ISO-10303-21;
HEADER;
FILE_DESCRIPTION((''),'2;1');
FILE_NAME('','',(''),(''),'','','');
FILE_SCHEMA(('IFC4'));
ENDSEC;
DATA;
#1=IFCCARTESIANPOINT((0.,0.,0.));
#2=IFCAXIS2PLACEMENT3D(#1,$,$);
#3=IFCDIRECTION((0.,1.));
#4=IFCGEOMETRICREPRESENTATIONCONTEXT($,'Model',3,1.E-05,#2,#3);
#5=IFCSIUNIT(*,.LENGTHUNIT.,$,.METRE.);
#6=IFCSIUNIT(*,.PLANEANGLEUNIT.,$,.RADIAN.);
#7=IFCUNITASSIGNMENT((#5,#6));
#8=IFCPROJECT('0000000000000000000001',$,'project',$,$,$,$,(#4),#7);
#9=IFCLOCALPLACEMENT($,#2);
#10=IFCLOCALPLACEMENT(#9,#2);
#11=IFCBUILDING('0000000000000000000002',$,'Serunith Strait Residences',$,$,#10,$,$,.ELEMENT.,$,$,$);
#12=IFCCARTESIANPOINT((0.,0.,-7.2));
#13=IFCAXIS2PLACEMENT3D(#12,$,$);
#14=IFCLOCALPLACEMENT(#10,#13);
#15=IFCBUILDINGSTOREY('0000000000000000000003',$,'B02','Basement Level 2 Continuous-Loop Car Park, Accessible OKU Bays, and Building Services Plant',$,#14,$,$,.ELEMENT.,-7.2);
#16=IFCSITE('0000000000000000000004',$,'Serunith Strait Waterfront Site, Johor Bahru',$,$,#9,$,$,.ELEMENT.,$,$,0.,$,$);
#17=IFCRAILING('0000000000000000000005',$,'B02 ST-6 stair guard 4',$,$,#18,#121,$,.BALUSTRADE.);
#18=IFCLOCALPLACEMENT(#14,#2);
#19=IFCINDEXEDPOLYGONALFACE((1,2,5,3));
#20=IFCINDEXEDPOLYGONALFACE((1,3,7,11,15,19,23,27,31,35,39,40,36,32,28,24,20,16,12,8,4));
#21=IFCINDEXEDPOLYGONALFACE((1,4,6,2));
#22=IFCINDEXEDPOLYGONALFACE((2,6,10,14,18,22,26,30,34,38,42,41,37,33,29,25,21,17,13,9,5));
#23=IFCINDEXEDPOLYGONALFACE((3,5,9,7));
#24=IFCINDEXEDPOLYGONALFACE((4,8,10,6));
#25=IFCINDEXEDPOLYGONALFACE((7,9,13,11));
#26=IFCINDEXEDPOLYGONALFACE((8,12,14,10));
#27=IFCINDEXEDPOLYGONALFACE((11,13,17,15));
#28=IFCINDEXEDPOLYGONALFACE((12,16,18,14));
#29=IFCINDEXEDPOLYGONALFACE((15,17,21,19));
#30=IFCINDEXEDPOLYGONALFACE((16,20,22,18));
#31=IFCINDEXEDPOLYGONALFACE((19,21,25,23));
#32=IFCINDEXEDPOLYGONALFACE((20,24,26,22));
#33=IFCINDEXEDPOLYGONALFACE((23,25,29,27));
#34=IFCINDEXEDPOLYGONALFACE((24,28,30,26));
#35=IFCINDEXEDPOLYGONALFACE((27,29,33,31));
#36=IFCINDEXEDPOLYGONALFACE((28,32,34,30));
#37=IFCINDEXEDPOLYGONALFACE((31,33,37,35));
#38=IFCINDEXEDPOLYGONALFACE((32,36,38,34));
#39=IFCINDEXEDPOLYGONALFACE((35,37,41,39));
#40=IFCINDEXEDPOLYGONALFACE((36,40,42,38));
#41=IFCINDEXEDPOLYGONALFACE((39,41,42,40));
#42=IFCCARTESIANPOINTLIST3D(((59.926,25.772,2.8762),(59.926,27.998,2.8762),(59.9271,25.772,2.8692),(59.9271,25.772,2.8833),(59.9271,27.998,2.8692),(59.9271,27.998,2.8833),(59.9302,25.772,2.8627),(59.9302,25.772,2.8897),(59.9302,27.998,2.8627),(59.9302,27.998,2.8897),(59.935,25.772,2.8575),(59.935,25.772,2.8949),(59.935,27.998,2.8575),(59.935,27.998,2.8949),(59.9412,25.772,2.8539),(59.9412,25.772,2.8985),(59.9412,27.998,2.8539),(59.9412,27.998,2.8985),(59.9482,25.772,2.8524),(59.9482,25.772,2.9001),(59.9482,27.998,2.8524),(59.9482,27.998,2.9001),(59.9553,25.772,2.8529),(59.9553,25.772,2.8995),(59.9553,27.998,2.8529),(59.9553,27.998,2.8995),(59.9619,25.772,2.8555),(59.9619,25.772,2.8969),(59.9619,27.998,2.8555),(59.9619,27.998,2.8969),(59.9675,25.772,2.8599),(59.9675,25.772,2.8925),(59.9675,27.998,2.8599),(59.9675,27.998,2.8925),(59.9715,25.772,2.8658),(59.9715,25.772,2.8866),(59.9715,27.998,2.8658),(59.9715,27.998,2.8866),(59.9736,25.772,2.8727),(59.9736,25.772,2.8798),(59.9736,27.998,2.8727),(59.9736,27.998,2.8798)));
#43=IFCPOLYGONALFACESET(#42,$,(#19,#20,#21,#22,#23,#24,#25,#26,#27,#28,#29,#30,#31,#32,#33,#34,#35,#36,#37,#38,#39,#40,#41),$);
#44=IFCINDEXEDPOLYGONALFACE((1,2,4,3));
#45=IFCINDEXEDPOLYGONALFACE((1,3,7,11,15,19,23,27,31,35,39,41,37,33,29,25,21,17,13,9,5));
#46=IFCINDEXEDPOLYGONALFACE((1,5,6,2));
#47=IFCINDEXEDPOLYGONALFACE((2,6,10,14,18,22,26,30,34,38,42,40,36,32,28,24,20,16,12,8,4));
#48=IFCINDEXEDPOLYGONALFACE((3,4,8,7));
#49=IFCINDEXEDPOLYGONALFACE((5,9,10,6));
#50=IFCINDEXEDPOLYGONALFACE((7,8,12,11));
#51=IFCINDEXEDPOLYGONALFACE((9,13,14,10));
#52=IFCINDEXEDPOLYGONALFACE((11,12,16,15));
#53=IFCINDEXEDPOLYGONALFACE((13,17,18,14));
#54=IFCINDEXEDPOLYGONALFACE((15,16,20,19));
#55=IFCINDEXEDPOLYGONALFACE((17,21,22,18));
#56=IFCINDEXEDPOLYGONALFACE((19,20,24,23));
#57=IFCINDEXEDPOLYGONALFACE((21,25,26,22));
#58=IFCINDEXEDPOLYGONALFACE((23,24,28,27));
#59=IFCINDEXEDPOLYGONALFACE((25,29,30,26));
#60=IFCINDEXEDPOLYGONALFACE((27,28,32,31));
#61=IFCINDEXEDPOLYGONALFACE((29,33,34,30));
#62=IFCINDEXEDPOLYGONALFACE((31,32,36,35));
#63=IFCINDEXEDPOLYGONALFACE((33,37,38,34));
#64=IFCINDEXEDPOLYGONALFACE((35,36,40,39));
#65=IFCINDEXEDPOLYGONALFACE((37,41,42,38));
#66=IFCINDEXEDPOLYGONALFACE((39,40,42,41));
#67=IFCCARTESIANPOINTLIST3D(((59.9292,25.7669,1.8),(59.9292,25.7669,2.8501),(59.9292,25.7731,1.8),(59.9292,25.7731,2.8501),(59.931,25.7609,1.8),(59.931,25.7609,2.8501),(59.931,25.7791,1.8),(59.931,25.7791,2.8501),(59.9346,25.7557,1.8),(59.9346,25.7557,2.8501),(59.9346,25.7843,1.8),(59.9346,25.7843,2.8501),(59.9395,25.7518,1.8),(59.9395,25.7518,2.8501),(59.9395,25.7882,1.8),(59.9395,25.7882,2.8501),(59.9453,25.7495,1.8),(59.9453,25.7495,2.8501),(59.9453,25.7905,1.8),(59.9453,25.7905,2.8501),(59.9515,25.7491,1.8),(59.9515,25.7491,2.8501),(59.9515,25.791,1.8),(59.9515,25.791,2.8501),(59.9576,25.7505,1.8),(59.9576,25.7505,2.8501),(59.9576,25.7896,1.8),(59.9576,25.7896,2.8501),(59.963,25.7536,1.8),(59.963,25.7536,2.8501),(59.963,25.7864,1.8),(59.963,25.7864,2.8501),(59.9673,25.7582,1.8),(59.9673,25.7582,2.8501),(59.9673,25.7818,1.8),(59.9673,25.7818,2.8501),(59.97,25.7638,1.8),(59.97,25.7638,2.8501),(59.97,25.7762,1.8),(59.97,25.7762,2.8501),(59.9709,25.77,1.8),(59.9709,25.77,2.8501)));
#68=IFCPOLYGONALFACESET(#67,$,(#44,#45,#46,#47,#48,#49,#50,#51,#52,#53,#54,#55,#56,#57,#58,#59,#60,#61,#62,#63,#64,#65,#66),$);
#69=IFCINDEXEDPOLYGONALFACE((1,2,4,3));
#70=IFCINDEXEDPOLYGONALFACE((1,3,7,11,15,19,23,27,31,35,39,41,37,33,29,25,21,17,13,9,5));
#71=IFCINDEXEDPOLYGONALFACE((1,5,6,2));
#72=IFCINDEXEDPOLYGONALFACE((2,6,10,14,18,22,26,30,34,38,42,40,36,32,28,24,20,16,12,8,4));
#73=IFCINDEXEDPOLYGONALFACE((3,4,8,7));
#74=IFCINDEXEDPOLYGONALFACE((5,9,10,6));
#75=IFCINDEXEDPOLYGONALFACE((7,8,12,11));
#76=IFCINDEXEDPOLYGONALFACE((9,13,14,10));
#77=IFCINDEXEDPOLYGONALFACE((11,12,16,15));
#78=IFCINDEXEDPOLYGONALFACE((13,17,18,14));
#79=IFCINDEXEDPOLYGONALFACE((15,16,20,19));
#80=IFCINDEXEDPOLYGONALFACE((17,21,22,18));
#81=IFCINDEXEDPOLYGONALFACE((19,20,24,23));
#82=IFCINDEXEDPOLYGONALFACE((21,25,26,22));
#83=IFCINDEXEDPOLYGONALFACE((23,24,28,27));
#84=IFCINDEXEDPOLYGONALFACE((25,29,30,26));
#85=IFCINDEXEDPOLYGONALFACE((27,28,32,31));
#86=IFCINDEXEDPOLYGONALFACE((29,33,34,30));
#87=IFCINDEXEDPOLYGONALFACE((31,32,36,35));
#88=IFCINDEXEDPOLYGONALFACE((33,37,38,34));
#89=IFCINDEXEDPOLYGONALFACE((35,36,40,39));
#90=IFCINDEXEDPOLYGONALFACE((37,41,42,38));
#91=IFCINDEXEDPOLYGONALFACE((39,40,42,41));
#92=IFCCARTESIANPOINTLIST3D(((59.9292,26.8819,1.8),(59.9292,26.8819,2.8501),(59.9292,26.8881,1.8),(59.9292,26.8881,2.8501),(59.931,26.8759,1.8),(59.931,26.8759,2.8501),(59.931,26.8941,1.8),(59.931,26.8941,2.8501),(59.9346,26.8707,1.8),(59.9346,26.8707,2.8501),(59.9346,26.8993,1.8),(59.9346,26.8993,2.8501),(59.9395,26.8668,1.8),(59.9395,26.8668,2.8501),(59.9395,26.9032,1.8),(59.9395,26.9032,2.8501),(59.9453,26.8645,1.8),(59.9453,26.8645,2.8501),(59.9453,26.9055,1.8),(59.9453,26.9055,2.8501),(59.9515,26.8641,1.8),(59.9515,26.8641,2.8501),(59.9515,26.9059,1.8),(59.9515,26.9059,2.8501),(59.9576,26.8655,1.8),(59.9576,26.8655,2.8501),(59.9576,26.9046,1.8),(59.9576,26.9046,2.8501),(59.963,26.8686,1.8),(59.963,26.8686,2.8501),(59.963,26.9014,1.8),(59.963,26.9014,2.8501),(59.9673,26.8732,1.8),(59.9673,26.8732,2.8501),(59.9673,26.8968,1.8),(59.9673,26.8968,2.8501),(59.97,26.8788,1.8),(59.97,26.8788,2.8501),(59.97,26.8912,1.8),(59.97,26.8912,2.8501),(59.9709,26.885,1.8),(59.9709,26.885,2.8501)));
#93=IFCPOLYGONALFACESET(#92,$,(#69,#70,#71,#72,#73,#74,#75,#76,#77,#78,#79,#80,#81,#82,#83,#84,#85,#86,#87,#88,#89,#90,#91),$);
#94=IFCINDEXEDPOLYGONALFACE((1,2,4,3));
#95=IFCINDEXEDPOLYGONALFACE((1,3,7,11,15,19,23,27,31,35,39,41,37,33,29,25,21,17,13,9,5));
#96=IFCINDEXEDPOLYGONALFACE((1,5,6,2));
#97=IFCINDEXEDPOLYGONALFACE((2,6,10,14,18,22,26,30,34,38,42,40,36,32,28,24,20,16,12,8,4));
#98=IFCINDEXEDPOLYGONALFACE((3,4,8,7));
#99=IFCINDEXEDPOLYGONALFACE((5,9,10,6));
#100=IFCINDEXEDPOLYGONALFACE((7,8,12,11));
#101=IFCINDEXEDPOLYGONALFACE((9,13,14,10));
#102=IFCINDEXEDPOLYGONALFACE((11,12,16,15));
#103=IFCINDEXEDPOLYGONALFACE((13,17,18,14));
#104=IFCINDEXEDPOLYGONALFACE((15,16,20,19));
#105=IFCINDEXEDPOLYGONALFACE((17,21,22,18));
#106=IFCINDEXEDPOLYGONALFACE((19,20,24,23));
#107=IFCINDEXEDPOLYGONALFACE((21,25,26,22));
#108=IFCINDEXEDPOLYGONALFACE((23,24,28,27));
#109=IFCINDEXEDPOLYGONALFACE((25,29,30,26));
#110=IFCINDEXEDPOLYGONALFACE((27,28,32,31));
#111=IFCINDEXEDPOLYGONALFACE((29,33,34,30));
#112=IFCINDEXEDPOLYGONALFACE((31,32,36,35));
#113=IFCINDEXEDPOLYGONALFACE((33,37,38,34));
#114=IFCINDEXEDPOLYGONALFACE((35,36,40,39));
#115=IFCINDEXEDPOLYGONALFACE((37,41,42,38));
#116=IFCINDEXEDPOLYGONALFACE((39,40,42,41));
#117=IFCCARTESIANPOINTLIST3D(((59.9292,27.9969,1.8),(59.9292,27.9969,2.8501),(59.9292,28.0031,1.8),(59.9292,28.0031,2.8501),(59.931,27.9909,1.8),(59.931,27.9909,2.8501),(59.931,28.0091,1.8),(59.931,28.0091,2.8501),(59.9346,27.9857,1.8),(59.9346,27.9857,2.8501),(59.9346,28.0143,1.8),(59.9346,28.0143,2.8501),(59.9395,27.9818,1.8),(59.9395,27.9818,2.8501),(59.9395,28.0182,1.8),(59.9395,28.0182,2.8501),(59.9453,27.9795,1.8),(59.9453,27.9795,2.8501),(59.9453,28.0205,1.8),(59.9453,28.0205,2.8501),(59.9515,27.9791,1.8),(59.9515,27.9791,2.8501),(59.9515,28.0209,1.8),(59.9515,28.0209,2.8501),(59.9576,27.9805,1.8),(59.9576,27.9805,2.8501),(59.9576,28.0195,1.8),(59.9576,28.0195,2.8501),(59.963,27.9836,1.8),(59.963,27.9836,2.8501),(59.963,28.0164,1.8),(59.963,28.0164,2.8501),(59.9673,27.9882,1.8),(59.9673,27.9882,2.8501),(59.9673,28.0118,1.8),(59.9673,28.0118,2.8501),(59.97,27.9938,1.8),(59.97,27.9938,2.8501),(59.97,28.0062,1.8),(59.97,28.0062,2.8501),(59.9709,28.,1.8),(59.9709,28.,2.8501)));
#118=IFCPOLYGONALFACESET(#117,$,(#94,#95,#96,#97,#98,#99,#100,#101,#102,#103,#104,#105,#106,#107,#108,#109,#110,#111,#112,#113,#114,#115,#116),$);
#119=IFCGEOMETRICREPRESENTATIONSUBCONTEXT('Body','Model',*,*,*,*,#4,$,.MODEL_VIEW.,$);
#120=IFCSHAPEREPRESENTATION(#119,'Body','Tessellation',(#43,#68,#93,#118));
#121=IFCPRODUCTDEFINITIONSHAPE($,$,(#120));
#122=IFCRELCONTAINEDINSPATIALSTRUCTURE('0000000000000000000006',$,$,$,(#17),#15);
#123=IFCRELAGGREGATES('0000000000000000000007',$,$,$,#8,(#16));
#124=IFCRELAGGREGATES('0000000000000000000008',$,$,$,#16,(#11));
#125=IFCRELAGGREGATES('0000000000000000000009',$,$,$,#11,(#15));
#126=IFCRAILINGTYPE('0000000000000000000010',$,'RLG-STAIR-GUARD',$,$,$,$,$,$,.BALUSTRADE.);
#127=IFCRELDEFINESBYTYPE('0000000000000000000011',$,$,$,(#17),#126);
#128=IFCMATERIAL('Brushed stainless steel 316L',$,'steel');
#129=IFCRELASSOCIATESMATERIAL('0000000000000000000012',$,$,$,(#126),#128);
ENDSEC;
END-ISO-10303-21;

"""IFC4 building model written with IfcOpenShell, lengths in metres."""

from ifc_helpers import new_model, si_unit, direction, frame, origin, origin_2d, place, context, subcontext, project, spatial, circle, extrude, material, type_object, element, save


model = new_model("IFC4")

# Units and contexts
model_context = context("Model", 3, precision=1e-05, world=origin(), true_north=direction((0.0, 1.0)))
body_context = subcontext(model_context, "Body", "Model", "MODEL_VIEW")
ifc_project = project(units=[si_unit("LENGTHUNIT", "METRE"), si_unit("PLANEANGLEUNIT", "RADIAN")], contexts=[model_context])

# Site, building, storey
site_placement = place(None, origin())
site = spatial("IfcSite", under=ifc_project, at=site_placement, Name="Serunith Strait Waterfront Site, Johor Bahru", CompositionType="ELEMENT", RefElevation=0.0)
building_placement = place(site_placement, origin())
building = spatial("IfcBuilding", under=site, at=building_placement, Name="Serunith Strait Residences", CompositionType="ELEMENT")
storey_placement = place(building_placement, frame((0.0, 0.0, -7.2)))
storey = spatial("IfcBuildingStorey", under=building, at=storey_placement, Name="B02", Description="Basement Level 2 Continuous-Loop Car Park, Accessible OKU Bays, and Building Services Plant", CompositionType="ELEMENT", Elevation=-7.2)

# Railing
ifc_material_1 = material(Name="Brushed stainless steel 316L", Category="steel")
railing_type_1 = type_object("IfcRailingType", Name="RLG-STAIR-GUARD", PredefinedType="BALUSTRADE", material=ifc_material_1)
for number, where, name in (
    (1, (59.95, 25.77, 1.8), "B02 ST-6 stair guard 4"),
):
    element("IfcRailing", number, at=place(storey_placement, frame(where)), inside=storey, type_object=railing_type_1, Name=name, PredefinedType="BALUSTRADE", context=body_context, shape_type="SweptSolid", body=[
        extrude(circle(Radius=0.0239, at=origin_2d()), frame((0.0, 0.002, 1.0762), z_axis=(0.0, 1.0, 0.0), x_axis=(-1.0, 0.0, 0.0)), (0.0, 0.0, 1.0), 2.2261),
        extrude(circle(Radius=0.021, at=origin_2d()), origin(), (0.0, 0.0, 1.0), 1.05),
        extrude(circle(Radius=0.021, at=origin_2d()), frame((0.0, 1.115, 0.0)), (0.0, 0.0, 1.0), 1.05),
        extrude(circle(Radius=0.021, at=origin_2d()), frame((0.0, 2.23, 0.0)), (0.0, 0.0, 1.0), 1.05),
    ])

save(model, "model.ifc")
